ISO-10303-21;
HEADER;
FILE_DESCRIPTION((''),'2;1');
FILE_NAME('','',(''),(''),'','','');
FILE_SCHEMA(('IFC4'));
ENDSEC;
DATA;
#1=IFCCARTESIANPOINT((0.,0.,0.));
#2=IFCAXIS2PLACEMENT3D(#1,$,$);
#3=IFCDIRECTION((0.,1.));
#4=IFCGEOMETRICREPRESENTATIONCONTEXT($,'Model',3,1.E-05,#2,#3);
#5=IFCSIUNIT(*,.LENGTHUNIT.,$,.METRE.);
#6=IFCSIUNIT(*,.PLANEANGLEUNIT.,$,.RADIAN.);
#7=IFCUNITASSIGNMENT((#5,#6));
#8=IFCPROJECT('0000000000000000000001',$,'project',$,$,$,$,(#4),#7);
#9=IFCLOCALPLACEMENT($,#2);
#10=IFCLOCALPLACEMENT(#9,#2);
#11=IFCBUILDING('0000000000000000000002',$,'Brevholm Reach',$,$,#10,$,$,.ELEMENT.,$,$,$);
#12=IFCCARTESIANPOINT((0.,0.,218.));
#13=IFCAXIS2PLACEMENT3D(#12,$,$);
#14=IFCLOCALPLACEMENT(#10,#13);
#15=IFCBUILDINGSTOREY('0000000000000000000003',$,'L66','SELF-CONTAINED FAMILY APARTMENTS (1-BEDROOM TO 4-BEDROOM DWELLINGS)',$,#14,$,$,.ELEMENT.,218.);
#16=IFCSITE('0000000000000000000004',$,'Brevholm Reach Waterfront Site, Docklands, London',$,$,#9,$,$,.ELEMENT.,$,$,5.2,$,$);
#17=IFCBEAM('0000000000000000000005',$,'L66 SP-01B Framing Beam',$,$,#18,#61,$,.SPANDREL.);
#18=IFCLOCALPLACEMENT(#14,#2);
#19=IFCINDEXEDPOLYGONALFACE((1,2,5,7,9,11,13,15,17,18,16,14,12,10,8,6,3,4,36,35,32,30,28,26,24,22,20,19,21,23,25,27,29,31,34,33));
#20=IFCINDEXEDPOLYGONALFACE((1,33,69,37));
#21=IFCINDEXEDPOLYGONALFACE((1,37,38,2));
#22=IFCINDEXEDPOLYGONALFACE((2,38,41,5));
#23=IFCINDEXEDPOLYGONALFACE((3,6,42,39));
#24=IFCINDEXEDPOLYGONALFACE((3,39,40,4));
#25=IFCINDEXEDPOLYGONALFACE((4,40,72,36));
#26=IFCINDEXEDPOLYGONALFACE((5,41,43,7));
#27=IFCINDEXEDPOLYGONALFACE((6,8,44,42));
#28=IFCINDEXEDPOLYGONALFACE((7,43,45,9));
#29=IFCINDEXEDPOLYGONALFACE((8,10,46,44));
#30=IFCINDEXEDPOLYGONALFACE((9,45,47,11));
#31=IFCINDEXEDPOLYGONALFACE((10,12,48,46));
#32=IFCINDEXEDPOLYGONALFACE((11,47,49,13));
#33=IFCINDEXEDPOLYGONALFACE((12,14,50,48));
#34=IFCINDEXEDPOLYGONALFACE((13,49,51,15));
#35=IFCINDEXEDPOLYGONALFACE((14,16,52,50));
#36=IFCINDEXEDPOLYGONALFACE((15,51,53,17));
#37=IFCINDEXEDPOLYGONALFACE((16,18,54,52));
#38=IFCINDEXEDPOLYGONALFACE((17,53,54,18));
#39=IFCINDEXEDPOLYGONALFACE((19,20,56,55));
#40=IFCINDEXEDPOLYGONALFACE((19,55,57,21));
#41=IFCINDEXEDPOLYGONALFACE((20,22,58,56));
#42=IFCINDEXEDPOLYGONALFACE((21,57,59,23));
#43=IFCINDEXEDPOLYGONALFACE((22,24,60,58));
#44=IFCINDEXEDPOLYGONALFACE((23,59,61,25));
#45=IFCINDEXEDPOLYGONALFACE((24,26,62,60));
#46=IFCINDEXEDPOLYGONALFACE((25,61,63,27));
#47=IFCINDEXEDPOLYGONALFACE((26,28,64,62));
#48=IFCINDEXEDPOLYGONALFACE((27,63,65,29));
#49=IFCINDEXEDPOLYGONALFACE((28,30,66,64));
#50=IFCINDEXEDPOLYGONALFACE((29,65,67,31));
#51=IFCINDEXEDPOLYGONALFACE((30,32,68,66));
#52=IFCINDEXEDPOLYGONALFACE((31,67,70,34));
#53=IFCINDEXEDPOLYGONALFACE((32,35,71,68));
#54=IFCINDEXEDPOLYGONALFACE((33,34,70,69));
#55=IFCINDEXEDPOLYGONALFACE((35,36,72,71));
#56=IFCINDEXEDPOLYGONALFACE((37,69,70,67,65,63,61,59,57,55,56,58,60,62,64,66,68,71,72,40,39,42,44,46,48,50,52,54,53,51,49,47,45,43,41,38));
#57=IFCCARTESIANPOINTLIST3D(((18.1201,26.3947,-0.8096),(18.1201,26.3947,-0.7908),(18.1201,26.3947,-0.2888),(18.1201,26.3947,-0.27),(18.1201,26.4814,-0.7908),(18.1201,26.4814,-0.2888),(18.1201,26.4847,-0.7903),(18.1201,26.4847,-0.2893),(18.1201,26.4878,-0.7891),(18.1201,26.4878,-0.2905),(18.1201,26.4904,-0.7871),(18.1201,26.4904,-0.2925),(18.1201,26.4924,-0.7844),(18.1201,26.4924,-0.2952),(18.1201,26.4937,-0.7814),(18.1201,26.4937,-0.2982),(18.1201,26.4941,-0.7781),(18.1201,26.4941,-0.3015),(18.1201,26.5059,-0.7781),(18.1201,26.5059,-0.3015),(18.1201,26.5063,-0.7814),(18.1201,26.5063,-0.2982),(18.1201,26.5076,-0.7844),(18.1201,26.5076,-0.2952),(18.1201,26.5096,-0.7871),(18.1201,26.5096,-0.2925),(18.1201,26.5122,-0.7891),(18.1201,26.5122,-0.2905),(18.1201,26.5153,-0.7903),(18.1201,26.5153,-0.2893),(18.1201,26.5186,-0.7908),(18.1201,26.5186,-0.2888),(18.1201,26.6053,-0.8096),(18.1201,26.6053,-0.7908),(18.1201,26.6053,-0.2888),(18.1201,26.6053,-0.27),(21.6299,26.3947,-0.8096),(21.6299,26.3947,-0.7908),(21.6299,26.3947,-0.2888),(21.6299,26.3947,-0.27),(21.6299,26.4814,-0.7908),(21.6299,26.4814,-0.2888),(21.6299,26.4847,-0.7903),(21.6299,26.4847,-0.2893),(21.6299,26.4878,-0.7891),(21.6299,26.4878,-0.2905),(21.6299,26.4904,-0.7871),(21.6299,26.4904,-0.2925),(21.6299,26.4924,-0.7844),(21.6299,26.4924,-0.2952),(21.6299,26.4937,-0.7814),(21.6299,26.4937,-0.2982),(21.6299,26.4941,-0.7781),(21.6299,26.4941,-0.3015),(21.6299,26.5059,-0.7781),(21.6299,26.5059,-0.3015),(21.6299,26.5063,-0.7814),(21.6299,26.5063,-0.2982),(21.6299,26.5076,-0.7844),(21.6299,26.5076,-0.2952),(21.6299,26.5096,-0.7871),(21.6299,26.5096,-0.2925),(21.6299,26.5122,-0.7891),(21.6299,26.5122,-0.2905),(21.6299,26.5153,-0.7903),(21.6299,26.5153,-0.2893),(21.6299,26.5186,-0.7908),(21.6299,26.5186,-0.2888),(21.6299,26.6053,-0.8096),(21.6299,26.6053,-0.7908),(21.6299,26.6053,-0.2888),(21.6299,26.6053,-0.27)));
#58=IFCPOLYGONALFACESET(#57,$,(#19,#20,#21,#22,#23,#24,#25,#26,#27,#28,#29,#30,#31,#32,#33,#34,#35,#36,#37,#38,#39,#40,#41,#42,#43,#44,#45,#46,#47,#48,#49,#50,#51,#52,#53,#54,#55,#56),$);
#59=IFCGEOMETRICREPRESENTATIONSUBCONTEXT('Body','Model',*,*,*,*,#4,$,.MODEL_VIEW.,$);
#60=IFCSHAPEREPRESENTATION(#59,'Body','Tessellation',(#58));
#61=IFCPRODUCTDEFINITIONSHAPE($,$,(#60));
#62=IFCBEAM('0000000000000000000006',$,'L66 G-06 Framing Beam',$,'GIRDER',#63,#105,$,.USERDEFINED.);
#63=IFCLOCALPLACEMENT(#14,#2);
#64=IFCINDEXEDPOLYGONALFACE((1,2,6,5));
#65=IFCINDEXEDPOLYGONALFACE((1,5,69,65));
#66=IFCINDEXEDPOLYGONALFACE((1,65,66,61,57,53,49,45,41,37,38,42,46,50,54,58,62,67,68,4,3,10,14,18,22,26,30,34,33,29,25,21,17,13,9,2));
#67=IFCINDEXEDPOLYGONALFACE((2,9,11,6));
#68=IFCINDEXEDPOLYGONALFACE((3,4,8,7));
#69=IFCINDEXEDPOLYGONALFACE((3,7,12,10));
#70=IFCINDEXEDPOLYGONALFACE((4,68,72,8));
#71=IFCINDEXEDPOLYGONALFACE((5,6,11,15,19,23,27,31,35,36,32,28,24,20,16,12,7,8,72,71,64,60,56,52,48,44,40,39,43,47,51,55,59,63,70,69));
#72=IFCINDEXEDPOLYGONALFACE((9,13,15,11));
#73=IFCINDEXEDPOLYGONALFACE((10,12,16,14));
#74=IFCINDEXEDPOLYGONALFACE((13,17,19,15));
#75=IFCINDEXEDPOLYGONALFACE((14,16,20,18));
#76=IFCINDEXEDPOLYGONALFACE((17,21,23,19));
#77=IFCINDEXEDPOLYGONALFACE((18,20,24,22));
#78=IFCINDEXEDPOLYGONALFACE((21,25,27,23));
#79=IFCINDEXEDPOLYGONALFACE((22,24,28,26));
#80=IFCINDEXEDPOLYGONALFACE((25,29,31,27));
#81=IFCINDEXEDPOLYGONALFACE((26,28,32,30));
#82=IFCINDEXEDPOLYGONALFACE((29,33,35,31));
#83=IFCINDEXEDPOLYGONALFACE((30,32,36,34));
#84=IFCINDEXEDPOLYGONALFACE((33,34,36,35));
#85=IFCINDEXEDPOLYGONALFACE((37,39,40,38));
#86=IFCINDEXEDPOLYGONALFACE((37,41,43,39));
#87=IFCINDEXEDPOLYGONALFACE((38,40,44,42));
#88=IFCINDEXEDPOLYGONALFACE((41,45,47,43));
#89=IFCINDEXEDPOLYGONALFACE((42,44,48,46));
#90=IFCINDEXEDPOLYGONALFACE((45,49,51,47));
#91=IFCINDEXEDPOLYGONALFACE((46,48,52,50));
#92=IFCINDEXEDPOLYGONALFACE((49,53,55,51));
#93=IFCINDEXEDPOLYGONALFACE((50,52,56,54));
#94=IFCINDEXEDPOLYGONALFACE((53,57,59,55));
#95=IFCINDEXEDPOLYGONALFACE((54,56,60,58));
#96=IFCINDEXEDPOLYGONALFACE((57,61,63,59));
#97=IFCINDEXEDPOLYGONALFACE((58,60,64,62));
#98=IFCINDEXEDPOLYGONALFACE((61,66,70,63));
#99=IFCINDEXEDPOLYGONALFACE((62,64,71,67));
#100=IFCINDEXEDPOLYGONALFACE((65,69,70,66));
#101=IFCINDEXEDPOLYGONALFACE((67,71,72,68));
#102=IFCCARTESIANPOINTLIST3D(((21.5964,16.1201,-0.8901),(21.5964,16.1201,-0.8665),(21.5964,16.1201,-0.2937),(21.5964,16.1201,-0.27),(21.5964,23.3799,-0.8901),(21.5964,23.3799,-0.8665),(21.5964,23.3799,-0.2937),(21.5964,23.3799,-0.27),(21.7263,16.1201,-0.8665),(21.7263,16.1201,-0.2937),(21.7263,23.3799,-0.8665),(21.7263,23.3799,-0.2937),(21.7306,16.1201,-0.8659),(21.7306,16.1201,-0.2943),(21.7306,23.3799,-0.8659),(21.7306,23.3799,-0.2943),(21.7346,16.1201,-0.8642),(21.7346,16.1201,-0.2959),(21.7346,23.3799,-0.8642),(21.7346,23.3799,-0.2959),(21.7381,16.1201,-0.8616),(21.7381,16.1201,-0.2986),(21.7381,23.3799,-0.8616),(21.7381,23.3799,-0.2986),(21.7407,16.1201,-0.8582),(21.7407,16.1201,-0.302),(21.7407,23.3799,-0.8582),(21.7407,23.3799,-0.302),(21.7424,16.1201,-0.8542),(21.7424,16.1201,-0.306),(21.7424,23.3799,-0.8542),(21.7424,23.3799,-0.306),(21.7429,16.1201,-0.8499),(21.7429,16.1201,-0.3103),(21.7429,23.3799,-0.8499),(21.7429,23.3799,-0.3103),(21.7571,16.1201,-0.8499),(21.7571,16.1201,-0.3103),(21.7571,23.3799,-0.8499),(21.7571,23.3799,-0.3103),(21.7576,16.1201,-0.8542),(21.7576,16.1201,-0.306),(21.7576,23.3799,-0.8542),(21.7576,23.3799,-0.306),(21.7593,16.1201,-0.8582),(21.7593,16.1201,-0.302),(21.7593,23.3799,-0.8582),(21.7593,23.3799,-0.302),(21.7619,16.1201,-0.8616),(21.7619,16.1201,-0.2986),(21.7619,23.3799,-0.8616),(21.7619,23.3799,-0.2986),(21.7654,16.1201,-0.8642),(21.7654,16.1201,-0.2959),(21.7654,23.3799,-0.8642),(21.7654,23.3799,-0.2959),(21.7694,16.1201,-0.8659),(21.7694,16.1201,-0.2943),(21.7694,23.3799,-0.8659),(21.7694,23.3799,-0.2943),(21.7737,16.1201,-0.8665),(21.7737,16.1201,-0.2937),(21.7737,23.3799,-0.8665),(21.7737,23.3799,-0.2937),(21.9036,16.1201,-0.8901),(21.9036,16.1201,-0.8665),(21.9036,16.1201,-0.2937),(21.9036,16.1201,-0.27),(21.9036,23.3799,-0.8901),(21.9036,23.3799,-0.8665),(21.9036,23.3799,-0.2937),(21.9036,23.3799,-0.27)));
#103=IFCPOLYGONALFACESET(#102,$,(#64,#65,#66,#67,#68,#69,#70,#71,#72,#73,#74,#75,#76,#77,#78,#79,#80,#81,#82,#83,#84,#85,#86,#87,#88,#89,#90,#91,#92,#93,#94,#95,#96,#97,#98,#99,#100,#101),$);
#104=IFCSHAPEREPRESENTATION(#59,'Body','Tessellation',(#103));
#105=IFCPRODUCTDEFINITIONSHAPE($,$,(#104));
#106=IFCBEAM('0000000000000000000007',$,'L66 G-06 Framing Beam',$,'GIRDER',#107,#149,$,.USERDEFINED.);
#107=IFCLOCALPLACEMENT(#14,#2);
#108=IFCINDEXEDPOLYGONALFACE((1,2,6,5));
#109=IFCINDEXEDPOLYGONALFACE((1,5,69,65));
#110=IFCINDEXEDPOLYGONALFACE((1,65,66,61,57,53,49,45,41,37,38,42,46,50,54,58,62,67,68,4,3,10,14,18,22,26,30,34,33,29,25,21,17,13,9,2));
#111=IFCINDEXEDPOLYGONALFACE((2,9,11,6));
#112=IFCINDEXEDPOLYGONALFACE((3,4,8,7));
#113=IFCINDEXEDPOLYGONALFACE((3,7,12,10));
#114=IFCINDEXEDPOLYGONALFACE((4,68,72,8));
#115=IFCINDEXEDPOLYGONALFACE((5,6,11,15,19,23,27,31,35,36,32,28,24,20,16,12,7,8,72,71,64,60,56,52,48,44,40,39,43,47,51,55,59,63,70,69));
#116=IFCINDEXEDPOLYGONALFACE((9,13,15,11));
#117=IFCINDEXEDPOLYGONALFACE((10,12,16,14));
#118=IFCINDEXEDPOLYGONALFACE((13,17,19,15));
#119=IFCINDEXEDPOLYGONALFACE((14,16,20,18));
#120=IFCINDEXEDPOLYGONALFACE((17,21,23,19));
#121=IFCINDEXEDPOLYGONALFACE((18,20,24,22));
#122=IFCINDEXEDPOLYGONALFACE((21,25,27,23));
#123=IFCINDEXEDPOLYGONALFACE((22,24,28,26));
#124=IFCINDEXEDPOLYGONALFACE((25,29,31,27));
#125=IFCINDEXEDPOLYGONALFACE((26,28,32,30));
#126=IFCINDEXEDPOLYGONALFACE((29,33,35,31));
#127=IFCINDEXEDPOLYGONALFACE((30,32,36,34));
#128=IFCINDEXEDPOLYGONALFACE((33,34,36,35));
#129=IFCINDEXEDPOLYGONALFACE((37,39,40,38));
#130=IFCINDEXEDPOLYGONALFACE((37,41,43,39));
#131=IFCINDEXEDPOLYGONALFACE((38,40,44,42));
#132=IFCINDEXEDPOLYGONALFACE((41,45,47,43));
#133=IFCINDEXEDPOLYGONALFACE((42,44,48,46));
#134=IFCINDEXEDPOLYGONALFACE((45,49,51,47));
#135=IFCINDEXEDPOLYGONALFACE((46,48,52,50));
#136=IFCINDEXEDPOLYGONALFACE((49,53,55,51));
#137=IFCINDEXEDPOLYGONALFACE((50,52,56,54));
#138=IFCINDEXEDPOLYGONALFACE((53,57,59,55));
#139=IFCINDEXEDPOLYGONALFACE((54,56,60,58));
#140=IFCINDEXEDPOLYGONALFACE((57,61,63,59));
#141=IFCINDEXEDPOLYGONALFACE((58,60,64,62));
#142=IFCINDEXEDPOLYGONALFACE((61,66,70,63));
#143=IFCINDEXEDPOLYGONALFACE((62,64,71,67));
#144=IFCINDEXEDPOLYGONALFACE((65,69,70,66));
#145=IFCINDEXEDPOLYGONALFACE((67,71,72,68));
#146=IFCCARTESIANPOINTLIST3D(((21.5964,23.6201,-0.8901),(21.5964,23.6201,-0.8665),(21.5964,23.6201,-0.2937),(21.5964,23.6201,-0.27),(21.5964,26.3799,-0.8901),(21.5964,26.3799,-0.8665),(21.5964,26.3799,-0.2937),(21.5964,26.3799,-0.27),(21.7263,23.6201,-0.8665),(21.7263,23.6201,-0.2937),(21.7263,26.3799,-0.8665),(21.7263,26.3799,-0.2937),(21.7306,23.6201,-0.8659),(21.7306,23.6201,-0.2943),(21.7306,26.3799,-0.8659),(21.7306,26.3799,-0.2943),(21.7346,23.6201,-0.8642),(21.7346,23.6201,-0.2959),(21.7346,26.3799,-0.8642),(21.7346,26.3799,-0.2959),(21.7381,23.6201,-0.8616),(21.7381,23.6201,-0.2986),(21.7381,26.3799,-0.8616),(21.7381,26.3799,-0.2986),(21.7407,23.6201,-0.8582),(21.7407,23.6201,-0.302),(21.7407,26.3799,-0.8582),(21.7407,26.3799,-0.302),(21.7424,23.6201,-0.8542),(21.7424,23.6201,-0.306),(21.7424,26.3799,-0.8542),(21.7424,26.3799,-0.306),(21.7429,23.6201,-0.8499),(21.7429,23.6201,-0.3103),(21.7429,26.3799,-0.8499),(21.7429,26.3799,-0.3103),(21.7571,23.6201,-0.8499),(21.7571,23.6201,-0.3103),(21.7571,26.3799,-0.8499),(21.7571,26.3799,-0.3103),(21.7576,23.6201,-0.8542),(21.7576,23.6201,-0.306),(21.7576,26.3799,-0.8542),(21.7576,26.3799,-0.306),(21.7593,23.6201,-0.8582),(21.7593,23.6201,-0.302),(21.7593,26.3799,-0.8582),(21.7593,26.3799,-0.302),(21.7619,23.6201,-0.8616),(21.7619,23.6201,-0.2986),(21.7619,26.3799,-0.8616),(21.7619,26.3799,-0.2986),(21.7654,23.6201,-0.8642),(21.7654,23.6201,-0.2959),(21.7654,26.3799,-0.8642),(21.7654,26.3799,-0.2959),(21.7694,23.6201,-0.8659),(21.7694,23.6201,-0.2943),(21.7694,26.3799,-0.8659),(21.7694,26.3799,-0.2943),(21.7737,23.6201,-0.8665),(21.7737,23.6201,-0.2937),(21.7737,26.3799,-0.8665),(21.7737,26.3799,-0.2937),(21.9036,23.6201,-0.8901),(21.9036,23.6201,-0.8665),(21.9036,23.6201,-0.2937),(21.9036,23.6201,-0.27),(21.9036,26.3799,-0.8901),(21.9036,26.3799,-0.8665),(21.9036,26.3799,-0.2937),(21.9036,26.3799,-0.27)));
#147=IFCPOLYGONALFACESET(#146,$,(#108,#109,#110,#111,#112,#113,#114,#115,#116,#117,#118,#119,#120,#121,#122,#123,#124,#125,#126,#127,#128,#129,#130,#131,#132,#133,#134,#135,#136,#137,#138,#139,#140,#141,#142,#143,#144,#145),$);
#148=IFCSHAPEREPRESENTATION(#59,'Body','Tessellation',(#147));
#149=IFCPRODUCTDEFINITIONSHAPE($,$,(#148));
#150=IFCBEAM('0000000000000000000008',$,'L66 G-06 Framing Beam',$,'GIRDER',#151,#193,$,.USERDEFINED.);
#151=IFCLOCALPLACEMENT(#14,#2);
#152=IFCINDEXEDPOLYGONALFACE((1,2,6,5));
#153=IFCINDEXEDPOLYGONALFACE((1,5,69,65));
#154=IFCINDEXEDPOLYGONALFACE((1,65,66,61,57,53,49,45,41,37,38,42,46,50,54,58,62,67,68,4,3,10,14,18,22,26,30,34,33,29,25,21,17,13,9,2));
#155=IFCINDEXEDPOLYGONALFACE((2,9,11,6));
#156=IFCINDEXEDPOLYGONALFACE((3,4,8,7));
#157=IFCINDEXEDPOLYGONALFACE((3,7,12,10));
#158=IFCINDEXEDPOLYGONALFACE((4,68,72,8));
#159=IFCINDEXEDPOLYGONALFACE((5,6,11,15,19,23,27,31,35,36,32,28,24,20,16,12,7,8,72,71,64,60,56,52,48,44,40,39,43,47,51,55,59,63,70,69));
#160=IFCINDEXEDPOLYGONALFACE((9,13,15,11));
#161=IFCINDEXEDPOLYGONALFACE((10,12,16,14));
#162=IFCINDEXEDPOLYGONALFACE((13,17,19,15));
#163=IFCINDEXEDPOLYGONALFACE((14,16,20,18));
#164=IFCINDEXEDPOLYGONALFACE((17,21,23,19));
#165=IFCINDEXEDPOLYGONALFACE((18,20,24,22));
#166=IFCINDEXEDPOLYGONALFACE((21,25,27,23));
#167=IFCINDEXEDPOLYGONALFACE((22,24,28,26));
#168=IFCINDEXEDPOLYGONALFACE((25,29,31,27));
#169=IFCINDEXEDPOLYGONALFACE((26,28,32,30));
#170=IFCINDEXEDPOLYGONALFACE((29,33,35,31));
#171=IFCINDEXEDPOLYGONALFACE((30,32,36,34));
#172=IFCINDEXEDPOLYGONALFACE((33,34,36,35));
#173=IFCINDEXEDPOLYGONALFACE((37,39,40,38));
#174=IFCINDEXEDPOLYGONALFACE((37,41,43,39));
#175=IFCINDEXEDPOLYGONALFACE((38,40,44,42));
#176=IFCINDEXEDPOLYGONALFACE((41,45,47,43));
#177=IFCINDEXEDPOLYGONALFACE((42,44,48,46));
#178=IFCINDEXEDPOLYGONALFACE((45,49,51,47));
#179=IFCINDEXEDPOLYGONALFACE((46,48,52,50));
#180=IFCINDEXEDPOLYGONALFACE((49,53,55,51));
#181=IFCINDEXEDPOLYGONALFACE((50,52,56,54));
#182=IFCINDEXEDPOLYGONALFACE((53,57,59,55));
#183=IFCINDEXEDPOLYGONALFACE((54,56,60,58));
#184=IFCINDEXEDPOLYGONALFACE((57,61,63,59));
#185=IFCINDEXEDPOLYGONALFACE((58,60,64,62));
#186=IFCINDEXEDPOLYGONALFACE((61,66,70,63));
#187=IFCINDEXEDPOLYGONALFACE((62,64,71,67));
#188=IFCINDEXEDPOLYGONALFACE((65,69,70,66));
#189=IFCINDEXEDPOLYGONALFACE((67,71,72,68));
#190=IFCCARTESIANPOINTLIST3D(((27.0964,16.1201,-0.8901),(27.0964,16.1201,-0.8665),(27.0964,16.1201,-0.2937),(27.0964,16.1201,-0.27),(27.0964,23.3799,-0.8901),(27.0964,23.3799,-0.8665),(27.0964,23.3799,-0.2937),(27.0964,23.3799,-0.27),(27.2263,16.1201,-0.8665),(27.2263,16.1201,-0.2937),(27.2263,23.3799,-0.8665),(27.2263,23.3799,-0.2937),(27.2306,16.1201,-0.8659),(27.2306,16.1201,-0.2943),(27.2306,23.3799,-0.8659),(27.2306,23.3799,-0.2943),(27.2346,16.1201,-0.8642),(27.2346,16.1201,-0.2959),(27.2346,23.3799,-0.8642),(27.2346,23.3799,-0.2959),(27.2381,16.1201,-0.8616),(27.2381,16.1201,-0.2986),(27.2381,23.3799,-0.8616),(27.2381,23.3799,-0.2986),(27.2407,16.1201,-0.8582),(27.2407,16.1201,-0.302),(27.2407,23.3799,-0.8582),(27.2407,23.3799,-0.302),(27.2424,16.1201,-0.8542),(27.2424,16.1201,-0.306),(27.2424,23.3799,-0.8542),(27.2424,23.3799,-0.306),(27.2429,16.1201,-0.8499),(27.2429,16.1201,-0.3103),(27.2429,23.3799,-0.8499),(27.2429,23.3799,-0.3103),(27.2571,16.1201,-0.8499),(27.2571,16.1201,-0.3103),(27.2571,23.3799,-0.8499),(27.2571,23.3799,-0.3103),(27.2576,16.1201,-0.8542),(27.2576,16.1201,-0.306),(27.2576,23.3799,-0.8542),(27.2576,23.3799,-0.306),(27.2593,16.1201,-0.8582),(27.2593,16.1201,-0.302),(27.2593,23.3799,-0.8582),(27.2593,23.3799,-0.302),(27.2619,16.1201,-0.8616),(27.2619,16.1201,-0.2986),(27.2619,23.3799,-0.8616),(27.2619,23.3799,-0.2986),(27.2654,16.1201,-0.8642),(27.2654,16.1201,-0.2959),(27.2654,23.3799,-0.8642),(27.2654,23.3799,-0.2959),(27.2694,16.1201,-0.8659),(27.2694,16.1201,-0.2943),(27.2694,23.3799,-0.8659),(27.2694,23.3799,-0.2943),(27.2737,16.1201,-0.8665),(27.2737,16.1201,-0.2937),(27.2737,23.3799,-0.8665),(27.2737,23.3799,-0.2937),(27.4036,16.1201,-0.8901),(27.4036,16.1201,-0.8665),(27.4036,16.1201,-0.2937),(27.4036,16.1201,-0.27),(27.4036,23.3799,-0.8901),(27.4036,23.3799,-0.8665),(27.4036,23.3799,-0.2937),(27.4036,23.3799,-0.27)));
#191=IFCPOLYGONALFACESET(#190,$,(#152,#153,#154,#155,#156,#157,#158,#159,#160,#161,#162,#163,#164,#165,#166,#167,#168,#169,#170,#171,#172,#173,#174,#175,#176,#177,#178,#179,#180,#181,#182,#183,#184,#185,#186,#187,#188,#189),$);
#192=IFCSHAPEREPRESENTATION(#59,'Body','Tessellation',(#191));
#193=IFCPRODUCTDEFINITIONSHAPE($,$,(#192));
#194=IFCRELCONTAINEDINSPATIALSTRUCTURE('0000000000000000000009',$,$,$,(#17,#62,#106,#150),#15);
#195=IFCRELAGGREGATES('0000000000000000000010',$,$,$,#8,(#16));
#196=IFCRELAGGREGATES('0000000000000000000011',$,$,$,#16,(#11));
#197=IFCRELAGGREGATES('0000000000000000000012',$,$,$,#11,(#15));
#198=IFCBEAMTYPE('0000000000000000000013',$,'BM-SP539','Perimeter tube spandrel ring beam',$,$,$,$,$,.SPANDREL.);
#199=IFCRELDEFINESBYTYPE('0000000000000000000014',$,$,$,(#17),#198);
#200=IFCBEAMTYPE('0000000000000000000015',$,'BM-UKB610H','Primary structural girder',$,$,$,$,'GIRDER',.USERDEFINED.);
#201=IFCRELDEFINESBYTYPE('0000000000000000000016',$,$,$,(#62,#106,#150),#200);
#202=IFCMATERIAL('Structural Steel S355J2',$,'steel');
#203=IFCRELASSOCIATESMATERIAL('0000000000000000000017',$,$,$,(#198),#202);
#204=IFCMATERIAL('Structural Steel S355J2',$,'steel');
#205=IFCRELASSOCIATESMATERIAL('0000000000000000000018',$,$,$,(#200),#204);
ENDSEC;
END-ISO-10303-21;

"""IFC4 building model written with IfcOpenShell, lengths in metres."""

from ifc_helpers import new_model, si_unit, direction, frame, origin, origin_2d, place, context, subcontext, project, spatial, i_section, extrude, material, material_profile, profile_set, type_object, element, save


model = new_model("IFC4")

# Units and contexts
model_context = context("Model", 3, precision=1e-05, world=origin(), true_north=direction((0.0, 1.0)))
body_context = subcontext(model_context, "Body", "Model", "MODEL_VIEW")
ifc_project = project(units=[si_unit("LENGTHUNIT", "METRE"), si_unit("PLANEANGLEUNIT", "RADIAN")], contexts=[model_context])

# Site, building, storey
site_placement = place(None, origin())
site = spatial("IfcSite", under=ifc_project, at=site_placement, Name="Brevholm Reach Waterfront Site, Docklands, London", CompositionType="ELEMENT", RefElevation=5.2)
building_placement = place(site_placement, origin())
building = spatial("IfcBuilding", under=site, at=building_placement, Name="Brevholm Reach", CompositionType="ELEMENT")
storey_placement = place(building_placement, frame((0.0, 0.0, 218.0)))
storey = spatial("IfcBuildingStorey", under=building, at=storey_placement, Name="L66", Description="SELF-CONTAINED FAMILY APARTMENTS (1-BEDROOM TO 4-BEDROOM DWELLINGS)", CompositionType="ELEMENT", Elevation=218.0)

# Beams
ifc_material_1 = material(Name="Structural Steel S355J2", Category="steel")
ifc_material_profile_1 = material_profile(ifc_material_1, i_section(OverallWidth=0.2107, OverallDepth=0.5396, WebThickness=0.0117, FlangeThickness=0.0188, FilletRadius=0.0127, at=origin_2d()), Name="UKB 533x210x109")
ifc_profile_set_1 = profile_set([ifc_material_profile_1], Name="Structural Steel S355J2")
beam_type_1 = type_object("IfcBeamType", Name="BM-SP539", Description="Perimeter tube spandrel ring beam", PredefinedType="SPANDREL", material=ifc_profile_set_1)
beam_1_placement = place(storey_placement, frame((18.1201, 26.5, -0.5398), z_axis=(1.0, 0.0, 0.0), x_axis=(0.0, 1.0, 0.0)))
element("IfcBeam", 1, at=beam_1_placement, inside=storey, type_object=beam_type_1, Name="L66 SP-01B Framing Beam", PredefinedType="SPANDREL", context=body_context, shape_type="SweptSolid", body=[
    extrude(i_section(OverallWidth=0.2107, OverallDepth=0.5396, WebThickness=0.0117, FlangeThickness=0.0188, FilletRadius=0.0127, at=origin_2d()), origin(), (0.0, 0.0, 1.0), 3.5098),
])
ifc_material_2 = material(Name="Structural Steel S355J2", Category="steel")
ifc_material_profile_2 = material_profile(ifc_material_2, i_section(OverallWidth=0.3071, OverallDepth=0.6201, WebThickness=0.0142, FlangeThickness=0.0237, FilletRadius=0.0166, at=origin_2d()), Name="UKB 610x305x179")
ifc_profile_set_2 = profile_set([ifc_material_profile_2], Name="Structural Steel S355J2")
beam_type_2 = type_object("IfcBeamType", Name="BM-UKB610H", Description="Primary structural girder", ElementType="GIRDER", PredefinedType="USERDEFINED", material=ifc_profile_set_2)
beam_2_placement = place(storey_placement, frame((21.75, 16.1201, -0.5801), z_axis=(0.0, 1.0, 0.0), x_axis=(-1.0, 0.0, 0.0)))
element("IfcBeam", 2, at=beam_2_placement, inside=storey, type_object=beam_type_2, Name="L66 G-06 Framing Beam", ObjectType="GIRDER", PredefinedType="USERDEFINED", context=body_context, shape_type="SweptSolid", body=[
    extrude(i_section(OverallWidth=0.3071, OverallDepth=0.6201, WebThickness=0.0142, FlangeThickness=0.0237, FilletRadius=0.0166, at=origin_2d()), origin(), (0.0, 0.0, 1.0), 7.2598),
])
beam_3_placement = place(storey_placement, frame((21.75, 23.6201, -0.5801), z_axis=(0.0, 1.0, 0.0), x_axis=(-1.0, 0.0, 0.0)))
element("IfcBeam", 3, at=beam_3_placement, inside=storey, type_object=beam_type_2, Name="L66 G-06 Framing Beam", ObjectType="GIRDER", PredefinedType="USERDEFINED", context=body_context, shape_type="SweptSolid", body=[
    extrude(i_section(OverallWidth=0.3071, OverallDepth=0.6201, WebThickness=0.0142, FlangeThickness=0.0237, FilletRadius=0.0166, at=origin_2d()), origin(), (0.0, 0.0, 1.0), 2.7598),
])
beam_4_placement = place(storey_placement, frame((27.25, 16.1201, -0.5801), z_axis=(0.0, 1.0, 0.0), x_axis=(-1.0, 0.0, 0.0)))
element("IfcBeam", 4, at=beam_4_placement, inside=storey, type_object=beam_type_2, Name="L66 G-06 Framing Beam", ObjectType="GIRDER", PredefinedType="USERDEFINED", context=body_context, shape_type="SweptSolid", body=[
    extrude(i_section(OverallWidth=0.3071, OverallDepth=0.6201, WebThickness=0.0142, FlangeThickness=0.0237, FilletRadius=0.0166, at=origin_2d()), origin(), (0.0, 0.0, 1.0), 7.2598),
])

save(model, "model.ifc")
